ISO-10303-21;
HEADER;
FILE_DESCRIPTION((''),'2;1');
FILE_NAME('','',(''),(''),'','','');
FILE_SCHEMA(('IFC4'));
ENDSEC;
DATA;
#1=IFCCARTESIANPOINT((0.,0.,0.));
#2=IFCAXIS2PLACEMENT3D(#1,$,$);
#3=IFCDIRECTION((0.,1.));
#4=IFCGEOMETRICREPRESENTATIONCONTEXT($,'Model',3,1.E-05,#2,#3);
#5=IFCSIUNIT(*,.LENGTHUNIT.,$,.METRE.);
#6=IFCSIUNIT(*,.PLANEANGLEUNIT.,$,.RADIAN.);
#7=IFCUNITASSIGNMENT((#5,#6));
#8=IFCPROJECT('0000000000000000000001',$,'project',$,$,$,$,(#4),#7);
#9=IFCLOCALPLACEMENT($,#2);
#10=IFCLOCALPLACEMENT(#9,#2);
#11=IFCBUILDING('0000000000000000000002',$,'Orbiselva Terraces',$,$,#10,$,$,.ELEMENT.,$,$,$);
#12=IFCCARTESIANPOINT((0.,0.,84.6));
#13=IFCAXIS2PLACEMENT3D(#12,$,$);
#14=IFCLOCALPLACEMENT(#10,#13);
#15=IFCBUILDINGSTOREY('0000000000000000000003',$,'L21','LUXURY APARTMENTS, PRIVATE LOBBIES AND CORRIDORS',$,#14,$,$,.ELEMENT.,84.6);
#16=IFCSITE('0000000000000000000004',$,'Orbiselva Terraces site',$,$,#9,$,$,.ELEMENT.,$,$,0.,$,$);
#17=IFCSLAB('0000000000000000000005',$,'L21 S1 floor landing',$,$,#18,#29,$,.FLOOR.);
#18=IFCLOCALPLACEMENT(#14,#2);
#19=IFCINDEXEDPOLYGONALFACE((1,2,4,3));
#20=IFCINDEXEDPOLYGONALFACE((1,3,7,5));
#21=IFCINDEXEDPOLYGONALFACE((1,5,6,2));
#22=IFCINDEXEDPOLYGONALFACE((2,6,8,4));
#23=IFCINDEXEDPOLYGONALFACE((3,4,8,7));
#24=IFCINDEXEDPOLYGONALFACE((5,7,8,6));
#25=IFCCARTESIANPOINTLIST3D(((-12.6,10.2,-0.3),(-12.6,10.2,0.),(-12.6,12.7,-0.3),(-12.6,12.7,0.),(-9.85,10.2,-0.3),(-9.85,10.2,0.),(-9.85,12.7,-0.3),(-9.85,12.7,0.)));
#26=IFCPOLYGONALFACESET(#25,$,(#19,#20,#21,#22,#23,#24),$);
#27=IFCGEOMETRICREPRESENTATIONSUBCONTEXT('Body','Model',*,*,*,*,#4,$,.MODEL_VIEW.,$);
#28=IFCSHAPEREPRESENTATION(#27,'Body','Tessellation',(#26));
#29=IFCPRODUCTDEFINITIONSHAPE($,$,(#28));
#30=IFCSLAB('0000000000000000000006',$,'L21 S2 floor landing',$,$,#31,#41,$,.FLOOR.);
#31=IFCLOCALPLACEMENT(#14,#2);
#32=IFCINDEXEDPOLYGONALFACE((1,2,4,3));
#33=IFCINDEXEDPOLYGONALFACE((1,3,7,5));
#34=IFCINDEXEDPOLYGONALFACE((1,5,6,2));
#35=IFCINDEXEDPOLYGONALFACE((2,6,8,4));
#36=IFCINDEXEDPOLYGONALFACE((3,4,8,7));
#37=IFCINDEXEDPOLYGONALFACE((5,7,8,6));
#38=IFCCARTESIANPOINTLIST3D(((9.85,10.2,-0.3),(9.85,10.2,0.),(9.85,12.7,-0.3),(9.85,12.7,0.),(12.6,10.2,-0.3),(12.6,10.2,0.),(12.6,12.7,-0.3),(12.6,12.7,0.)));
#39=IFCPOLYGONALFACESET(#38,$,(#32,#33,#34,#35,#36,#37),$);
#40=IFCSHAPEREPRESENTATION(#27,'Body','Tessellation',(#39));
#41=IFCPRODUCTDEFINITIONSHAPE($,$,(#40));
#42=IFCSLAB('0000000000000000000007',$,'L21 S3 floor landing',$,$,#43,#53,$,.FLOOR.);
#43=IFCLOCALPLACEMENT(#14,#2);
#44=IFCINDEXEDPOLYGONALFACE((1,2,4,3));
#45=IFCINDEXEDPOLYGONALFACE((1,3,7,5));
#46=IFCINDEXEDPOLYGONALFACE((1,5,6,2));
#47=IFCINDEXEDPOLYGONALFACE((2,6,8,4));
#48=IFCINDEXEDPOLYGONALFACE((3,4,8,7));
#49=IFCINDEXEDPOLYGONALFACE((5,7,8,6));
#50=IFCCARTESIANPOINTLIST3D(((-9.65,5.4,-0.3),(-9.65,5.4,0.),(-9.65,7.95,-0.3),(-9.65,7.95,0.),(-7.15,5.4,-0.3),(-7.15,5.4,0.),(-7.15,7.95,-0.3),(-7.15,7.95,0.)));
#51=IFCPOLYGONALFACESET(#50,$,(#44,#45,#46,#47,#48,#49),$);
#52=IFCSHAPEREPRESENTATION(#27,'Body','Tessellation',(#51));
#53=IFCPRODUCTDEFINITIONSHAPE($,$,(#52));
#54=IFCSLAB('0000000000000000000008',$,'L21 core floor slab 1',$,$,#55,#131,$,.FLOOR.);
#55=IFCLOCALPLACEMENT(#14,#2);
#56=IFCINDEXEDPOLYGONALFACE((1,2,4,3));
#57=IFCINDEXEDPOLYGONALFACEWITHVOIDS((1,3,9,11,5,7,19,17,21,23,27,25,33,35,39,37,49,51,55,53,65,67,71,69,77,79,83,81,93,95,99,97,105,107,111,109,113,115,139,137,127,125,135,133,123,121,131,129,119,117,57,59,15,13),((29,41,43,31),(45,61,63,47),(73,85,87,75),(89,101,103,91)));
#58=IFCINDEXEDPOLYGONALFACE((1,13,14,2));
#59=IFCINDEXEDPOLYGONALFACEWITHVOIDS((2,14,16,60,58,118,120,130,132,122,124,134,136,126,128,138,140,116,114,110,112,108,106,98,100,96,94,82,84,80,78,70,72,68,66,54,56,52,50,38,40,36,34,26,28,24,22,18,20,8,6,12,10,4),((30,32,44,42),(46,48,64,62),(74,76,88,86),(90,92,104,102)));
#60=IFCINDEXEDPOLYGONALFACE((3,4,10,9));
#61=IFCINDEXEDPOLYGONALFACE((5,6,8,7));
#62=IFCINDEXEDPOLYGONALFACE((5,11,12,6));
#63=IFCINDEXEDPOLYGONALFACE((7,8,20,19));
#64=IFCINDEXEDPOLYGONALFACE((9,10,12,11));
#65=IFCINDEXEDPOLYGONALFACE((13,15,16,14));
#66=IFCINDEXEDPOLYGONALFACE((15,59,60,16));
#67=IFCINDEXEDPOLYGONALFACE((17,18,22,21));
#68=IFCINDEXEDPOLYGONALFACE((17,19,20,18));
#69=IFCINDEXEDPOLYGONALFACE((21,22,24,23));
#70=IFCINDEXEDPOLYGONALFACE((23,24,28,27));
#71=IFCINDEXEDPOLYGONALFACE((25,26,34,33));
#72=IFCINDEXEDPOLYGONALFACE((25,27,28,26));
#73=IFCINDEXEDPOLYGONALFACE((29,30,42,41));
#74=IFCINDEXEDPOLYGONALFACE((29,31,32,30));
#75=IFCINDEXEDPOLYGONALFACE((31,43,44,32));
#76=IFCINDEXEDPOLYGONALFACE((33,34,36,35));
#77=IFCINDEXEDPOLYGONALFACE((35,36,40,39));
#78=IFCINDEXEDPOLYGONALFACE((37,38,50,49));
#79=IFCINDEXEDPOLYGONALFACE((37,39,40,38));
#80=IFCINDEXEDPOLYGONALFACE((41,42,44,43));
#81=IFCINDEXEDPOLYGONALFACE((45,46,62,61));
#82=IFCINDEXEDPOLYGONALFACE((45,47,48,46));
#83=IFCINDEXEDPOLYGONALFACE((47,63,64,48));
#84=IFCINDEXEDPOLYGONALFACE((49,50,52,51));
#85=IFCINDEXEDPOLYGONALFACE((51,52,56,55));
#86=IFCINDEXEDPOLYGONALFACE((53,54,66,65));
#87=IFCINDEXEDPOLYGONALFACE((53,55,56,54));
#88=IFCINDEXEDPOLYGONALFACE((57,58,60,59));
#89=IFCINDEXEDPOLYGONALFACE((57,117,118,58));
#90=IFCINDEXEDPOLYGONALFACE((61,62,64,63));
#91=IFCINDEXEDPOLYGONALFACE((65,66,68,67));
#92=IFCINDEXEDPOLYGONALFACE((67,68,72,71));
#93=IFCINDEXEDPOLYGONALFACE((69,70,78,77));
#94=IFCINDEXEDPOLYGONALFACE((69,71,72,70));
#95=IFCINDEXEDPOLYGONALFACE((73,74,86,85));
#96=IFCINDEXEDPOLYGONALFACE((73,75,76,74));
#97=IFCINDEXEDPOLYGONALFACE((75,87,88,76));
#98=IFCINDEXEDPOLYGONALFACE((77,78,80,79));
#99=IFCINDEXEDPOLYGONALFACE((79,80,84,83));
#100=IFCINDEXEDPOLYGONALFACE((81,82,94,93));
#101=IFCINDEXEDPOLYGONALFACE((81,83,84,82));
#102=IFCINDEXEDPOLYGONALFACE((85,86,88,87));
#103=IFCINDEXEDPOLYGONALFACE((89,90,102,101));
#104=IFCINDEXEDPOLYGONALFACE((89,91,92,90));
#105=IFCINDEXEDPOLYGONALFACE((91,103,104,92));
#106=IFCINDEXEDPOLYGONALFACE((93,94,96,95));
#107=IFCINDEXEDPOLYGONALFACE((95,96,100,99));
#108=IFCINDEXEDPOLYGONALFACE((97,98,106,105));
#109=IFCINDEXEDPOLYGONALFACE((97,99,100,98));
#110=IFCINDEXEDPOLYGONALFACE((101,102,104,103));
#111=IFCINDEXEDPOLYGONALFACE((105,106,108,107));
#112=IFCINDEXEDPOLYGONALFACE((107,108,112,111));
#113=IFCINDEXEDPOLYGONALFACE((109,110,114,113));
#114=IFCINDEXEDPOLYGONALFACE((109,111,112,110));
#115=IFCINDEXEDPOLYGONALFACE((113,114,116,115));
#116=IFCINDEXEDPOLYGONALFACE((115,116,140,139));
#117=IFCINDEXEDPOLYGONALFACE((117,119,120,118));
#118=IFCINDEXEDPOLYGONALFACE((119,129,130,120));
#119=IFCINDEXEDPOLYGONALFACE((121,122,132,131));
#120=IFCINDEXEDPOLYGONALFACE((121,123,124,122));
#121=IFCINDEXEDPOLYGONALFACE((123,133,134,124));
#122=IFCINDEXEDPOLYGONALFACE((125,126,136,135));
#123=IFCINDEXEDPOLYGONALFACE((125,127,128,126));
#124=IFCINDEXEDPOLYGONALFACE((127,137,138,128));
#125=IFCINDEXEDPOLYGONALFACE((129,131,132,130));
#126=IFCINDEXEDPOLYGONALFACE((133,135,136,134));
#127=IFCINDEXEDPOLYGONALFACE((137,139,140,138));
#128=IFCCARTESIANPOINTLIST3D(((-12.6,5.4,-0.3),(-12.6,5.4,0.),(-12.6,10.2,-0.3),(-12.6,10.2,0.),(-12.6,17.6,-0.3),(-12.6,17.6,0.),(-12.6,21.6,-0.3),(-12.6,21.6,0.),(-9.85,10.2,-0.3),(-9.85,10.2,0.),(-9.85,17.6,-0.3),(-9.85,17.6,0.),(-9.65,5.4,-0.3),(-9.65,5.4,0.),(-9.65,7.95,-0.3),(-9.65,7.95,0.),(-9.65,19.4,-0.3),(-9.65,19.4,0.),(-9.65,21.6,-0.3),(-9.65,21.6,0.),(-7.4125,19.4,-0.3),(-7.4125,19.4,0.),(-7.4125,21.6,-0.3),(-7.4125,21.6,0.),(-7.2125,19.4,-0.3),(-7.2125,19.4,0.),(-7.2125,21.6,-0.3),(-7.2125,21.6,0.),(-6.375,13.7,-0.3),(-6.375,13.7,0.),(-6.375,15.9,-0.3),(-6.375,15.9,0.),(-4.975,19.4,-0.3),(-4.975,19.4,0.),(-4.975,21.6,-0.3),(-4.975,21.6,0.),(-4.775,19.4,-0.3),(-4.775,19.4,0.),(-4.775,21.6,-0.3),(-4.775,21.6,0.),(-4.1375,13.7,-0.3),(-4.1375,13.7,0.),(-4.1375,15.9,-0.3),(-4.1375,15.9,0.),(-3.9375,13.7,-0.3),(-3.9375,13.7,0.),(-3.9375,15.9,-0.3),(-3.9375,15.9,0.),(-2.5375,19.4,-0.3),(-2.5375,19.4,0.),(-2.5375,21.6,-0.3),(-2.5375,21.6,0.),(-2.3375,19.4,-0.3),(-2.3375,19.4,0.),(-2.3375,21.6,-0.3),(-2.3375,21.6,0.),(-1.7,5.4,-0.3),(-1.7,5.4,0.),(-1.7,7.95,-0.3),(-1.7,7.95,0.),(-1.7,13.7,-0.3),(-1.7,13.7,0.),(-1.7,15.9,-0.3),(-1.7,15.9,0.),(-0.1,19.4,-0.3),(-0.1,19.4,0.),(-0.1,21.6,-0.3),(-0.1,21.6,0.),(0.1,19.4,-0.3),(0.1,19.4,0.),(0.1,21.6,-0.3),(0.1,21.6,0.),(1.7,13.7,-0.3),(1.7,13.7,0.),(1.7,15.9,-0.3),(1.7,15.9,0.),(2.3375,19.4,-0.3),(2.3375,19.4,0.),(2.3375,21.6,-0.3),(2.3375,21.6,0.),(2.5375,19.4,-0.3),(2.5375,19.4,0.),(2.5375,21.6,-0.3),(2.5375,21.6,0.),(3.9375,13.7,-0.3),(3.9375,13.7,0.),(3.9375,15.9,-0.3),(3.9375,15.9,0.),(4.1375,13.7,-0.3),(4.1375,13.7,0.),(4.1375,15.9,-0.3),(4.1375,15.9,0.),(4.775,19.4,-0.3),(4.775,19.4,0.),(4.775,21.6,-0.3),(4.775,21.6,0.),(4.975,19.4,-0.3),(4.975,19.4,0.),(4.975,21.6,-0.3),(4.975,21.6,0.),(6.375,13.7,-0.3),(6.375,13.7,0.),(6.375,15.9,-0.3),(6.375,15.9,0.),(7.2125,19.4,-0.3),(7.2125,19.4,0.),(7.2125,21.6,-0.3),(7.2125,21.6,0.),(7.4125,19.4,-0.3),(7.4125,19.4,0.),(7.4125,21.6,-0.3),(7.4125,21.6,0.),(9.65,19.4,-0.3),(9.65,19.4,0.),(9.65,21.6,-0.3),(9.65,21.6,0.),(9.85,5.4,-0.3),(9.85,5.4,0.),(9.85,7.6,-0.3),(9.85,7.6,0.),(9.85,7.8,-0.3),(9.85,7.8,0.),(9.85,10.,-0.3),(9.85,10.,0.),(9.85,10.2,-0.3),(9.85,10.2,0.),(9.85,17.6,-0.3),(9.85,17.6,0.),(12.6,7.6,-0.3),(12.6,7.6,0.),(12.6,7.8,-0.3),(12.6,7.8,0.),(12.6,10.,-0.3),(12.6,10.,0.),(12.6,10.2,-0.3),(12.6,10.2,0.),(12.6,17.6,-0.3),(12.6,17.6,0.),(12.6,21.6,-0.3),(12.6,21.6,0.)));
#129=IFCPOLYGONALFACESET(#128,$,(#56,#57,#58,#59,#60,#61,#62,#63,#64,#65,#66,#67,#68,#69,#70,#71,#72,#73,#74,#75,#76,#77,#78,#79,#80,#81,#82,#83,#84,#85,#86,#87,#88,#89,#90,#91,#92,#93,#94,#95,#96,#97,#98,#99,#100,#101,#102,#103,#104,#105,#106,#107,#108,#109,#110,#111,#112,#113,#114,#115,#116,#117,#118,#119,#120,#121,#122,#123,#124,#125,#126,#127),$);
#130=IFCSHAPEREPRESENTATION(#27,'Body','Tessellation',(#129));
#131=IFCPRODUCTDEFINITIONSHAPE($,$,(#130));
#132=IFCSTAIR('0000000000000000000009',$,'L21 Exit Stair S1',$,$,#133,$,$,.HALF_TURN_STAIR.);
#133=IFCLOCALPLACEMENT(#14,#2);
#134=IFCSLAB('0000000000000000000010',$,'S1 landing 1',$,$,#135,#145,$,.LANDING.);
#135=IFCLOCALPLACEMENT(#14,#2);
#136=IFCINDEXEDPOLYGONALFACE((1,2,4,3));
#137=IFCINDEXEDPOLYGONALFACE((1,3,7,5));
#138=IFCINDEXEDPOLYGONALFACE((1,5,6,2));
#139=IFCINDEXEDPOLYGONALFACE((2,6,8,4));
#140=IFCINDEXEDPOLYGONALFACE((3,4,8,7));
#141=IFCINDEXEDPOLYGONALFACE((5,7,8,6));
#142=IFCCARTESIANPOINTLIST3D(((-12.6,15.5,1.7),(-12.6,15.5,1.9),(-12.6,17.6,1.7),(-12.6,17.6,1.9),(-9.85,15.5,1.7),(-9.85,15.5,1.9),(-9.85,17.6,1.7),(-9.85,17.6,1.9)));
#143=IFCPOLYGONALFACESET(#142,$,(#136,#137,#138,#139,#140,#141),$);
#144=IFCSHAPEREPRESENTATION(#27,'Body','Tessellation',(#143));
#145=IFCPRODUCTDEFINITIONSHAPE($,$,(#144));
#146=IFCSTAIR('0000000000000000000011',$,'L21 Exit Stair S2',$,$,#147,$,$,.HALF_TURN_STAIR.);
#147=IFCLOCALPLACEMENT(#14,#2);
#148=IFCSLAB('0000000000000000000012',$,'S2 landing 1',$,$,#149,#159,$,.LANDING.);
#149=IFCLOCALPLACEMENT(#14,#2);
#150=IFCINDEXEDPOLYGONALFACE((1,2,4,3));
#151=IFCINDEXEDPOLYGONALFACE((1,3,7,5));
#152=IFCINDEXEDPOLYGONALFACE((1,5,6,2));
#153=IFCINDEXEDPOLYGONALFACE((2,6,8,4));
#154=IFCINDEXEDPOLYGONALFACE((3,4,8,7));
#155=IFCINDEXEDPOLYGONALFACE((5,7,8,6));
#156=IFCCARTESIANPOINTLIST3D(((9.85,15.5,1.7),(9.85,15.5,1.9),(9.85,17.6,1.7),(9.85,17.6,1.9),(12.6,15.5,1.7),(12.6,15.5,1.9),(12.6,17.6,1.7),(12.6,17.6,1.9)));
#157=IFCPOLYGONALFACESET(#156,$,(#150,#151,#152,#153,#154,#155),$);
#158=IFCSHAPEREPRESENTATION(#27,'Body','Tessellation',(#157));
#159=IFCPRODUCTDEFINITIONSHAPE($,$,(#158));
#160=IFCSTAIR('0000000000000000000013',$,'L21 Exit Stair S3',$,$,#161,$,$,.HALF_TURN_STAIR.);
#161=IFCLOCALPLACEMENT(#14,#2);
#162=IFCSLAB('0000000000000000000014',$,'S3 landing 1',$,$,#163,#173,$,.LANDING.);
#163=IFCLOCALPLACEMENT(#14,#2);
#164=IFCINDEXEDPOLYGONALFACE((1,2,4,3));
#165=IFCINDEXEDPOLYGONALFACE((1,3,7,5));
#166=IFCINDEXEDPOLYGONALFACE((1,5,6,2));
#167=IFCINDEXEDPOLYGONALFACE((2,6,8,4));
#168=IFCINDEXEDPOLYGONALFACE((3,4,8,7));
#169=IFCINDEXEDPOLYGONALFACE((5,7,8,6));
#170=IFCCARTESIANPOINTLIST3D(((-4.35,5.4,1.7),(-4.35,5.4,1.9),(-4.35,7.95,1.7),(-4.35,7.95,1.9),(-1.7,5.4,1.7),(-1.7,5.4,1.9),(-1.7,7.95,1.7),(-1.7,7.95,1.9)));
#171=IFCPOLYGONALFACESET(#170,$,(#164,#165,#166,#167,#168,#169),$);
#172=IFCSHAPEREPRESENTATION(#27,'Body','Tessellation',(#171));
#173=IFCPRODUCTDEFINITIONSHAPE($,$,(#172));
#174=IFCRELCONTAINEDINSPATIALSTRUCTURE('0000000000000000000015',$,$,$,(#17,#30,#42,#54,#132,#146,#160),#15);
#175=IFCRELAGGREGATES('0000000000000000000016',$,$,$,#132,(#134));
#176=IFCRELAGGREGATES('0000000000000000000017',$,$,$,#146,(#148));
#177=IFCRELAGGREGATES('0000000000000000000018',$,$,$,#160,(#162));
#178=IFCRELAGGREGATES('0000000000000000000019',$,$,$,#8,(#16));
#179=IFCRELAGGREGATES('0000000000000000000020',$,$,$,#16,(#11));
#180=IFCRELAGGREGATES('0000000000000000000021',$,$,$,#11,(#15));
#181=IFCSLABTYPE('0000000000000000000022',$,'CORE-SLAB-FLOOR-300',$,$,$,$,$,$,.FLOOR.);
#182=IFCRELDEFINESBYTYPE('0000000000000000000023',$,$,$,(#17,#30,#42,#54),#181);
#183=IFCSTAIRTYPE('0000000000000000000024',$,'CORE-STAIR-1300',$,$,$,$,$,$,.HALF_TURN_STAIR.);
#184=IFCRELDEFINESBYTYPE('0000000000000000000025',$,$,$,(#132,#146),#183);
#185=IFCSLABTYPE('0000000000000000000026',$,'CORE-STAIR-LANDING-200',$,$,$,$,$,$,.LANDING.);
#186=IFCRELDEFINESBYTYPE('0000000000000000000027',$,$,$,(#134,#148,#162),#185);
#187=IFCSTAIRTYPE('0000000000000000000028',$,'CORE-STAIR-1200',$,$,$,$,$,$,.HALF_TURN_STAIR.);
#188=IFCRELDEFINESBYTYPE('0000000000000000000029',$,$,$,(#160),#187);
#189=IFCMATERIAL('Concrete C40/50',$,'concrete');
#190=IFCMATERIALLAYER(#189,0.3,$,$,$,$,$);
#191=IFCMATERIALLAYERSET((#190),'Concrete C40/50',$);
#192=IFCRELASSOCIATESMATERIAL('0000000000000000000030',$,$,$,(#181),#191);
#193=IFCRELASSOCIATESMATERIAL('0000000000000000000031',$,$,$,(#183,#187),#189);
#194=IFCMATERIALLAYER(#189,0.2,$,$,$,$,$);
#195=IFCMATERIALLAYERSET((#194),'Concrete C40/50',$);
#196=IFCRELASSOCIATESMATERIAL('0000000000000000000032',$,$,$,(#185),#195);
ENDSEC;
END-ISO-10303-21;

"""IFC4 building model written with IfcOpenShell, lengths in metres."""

from ifc_helpers import new_model, si_unit, direction, frame, origin, place, context, subcontext, project, spatial, polyline, outline, extrude, material, layer, layer_set, type_object, element, aggregate, save


model = new_model("IFC4")

# Units and contexts
model_context = context("Model", 3, precision=1e-05, world=origin(), true_north=direction((0.0, 1.0)))
body_context = subcontext(model_context, "Body", "Model", "MODEL_VIEW")
ifc_project = project(units=[si_unit("LENGTHUNIT", "METRE"), si_unit("PLANEANGLEUNIT", "RADIAN")], contexts=[model_context])

# Site, building, storey
site_placement = place(None, origin())
site = spatial("IfcSite", under=ifc_project, at=site_placement, Name="Orbiselva Terraces site", CompositionType="ELEMENT", RefElevation=0.0)
building_placement = place(site_placement, origin())
building = spatial("IfcBuilding", under=site, at=building_placement, Name="Orbiselva Terraces", CompositionType="ELEMENT")
storey_placement = place(building_placement, frame((0.0, 0.0, 84.6)))
storey = spatial("IfcBuildingStorey", under=building, at=storey_placement, Name="L21", Description="LUXURY APARTMENTS, PRIVATE LOBBIES AND CORRIDORS", CompositionType="ELEMENT", Elevation=84.6)

# Slabs
ifc_material_1 = material(Name="Concrete C40/50", Category="concrete")
ifc_layer_1 = layer(ifc_material_1, 0.3)
ifc_layer_set_1 = layer_set([ifc_layer_1], Name="Concrete C40/50")
slab_type_1 = type_object("IfcSlabType", Name="CORE-SLAB-FLOOR-300", PredefinedType="FLOOR", material=ifc_layer_set_1)
slab_1_placement = place(storey_placement, frame((0.0, 0.0, -0.3)))
element("IfcSlab", 1, at=slab_1_placement, inside=storey, type_object=slab_type_1, Name="L21 S1 floor landing", PredefinedType="FLOOR", context=body_context, shape_type="SweptSolid", body=[
    extrude(outline(polyline([(-12.6, 12.7), (-9.85, 12.7), (-9.85, 10.2), (-12.6, 10.2), (-12.6, 12.7)])), origin(), (0.0, 0.0, 1.0), 0.3),
])
slab_2_placement = place(storey_placement, frame((0.0, 0.0, -0.3)))
element("IfcSlab", 2, at=slab_2_placement, inside=storey, type_object=slab_type_1, Name="L21 S2 floor landing", PredefinedType="FLOOR", context=body_context, shape_type="SweptSolid", body=[
    extrude(outline(polyline([(12.6, 12.7), (12.6, 10.2), (9.85, 10.2), (9.85, 12.7), (12.6, 12.7)])), origin(), (0.0, 0.0, 1.0), 0.3),
])
slab_3_placement = place(storey_placement, frame((0.0, 0.0, -0.3)))
element("IfcSlab", 3, at=slab_3_placement, inside=storey, type_object=slab_type_1, Name="L21 S3 floor landing", PredefinedType="FLOOR", context=body_context, shape_type="SweptSolid", body=[
    extrude(outline(polyline([(-7.15, 5.4), (-9.65, 5.4), (-9.65, 7.95), (-7.15, 7.95), (-7.15, 5.4)])), origin(), (0.0, 0.0, 1.0), 0.3),
])
slab_4_placement = place(storey_placement, frame((0.0, 0.0, -0.3)))
element("IfcSlab", 4, at=slab_4_placement, inside=storey, type_object=slab_type_1, Name="L21 core floor slab 1", PredefinedType="FLOOR", context=body_context, shape_type="SweptSolid", body=[
    extrude(outline(polyline([(-1.7, 5.4), (-1.7, 7.95), (-9.65, 7.95), (-9.65, 5.4), (-12.6, 5.4), (-12.6, 10.2), (-9.85, 10.2), (-9.85, 17.6), (-12.6, 17.6), (-12.6, 21.6), (-9.65, 21.6), (-9.65, 19.4), (-7.4125, 19.4), (-7.4125, 21.6), (-7.2125, 21.6), (-7.2125, 19.4), (-4.975, 19.4), (-4.975, 21.6), (-4.775, 21.6), (-4.775, 19.4), (-2.5375, 19.4), (-2.5375, 21.6), (-2.3375, 21.6), (-2.3375, 19.4), (-0.1, 19.4), (-0.1, 21.6), (0.1, 21.6), (0.1, 19.4), (2.3375, 19.4), (2.3375, 21.6), (2.5375, 21.6), (2.5375, 19.4), (4.775, 19.4), (4.775, 21.6), (4.975, 21.6), (4.975, 19.4), (7.2125, 19.4), (7.2125, 21.6), (7.4125, 21.6), (7.4125, 19.4), (9.65, 19.4), (9.65, 21.6), (12.6, 21.6), (12.6, 17.6), (9.85, 17.6), (9.85, 10.2), (12.6, 10.2), (12.6, 10.0), (9.85, 10.0), (9.85, 7.8), (12.6, 7.8), (12.6, 7.6), (9.85, 7.6), (9.85, 5.4), (-1.7, 5.4)]), holes=[polyline([(-4.1375, 13.7), (-4.1375, 15.9), (-6.375, 15.9), (-6.375, 13.7), (-4.1375, 13.7)]), polyline([(-1.7, 13.7), (-1.7, 15.9), (-3.9375, 15.9), (-3.9375, 13.7), (-1.7, 13.7)]), polyline([(3.9375, 13.7), (3.9375, 15.9), (1.7, 15.9), (1.7, 13.7), (3.9375, 13.7)]), polyline([(6.375, 13.7), (6.375, 15.9), (4.1375, 15.9), (4.1375, 13.7), (6.375, 13.7)])]), origin(), (0.0, 0.0, 1.0), 0.3),
])

# Stairs, slabs
stair_type_1 = type_object("IfcStairType", Name="CORE-STAIR-1300", PredefinedType="HALF_TURN_STAIR", material=ifc_material_1)
stair_1_placement = place(storey_placement, origin())
stair_1 = element("IfcStair", 5, at=stair_1_placement, inside=storey, type_object=stair_type_1, Name="L21 Exit Stair S1", PredefinedType="HALF_TURN_STAIR")
ifc_layer_2 = layer(ifc_material_1, 0.2)
ifc_layer_set_2 = layer_set([ifc_layer_2], Name="Concrete C40/50")
slab_type_2 = type_object("IfcSlabType", Name="CORE-STAIR-LANDING-200", PredefinedType="LANDING", material=ifc_layer_set_2)
slab_5_placement = place(storey_placement, frame((0.0, 0.0, 1.7)))
slab_5 = element("IfcSlab", 6, at=slab_5_placement, type_object=slab_type_2, Name="S1 landing 1", PredefinedType="LANDING", context=body_context, shape_type="SweptSolid", body=[
    extrude(outline(polyline([(-9.85, 15.5), (-9.85, 17.6), (-12.6, 17.6), (-12.6, 15.5), (-9.85, 15.5)])), origin(), (0.0, 0.0, 1.0), 0.2),
])
aggregate(stair_1, [slab_5])
stair_2_placement = place(storey_placement, origin())
stair_2 = element("IfcStair", 7, at=stair_2_placement, inside=storey, type_object=stair_type_1, Name="L21 Exit Stair S2", PredefinedType="HALF_TURN_STAIR")
slab_6_placement = place(storey_placement, frame((0.0, 0.0, 1.7)))
slab_6 = element("IfcSlab", 8, at=slab_6_placement, type_object=slab_type_2, Name="S2 landing 1", PredefinedType="LANDING", context=body_context, shape_type="SweptSolid", body=[
    extrude(outline(polyline([(12.6, 15.5), (12.6, 17.6), (9.85, 17.6), (9.85, 15.5), (12.6, 15.5)])), origin(), (0.0, 0.0, 1.0), 0.2),
])
aggregate(stair_2, [slab_6])
stair_type_2 = type_object("IfcStairType", Name="CORE-STAIR-1200", PredefinedType="HALF_TURN_STAIR", material=ifc_material_1)
stair_3_placement = place(storey_placement, origin())
stair_3 = element("IfcStair", 9, at=stair_3_placement, inside=storey, type_object=stair_type_2, Name="L21 Exit Stair S3", PredefinedType="HALF_TURN_STAIR")
slab_7_placement = place(storey_placement, frame((0.0, 0.0, 1.7)))
slab_7 = element("IfcSlab", 10, at=slab_7_placement, type_object=slab_type_2, Name="S3 landing 1", PredefinedType="LANDING", context=body_context, shape_type="SweptSolid", body=[
    extrude(outline(polyline([(-4.35, 5.4), (-1.7, 5.4), (-1.7, 7.95), (-4.35, 7.95), (-4.35, 5.4)])), origin(), (0.0, 0.0, 1.0), 0.2),
])
aggregate(stair_3, [slab_7])

save(model, "model.ifc")
